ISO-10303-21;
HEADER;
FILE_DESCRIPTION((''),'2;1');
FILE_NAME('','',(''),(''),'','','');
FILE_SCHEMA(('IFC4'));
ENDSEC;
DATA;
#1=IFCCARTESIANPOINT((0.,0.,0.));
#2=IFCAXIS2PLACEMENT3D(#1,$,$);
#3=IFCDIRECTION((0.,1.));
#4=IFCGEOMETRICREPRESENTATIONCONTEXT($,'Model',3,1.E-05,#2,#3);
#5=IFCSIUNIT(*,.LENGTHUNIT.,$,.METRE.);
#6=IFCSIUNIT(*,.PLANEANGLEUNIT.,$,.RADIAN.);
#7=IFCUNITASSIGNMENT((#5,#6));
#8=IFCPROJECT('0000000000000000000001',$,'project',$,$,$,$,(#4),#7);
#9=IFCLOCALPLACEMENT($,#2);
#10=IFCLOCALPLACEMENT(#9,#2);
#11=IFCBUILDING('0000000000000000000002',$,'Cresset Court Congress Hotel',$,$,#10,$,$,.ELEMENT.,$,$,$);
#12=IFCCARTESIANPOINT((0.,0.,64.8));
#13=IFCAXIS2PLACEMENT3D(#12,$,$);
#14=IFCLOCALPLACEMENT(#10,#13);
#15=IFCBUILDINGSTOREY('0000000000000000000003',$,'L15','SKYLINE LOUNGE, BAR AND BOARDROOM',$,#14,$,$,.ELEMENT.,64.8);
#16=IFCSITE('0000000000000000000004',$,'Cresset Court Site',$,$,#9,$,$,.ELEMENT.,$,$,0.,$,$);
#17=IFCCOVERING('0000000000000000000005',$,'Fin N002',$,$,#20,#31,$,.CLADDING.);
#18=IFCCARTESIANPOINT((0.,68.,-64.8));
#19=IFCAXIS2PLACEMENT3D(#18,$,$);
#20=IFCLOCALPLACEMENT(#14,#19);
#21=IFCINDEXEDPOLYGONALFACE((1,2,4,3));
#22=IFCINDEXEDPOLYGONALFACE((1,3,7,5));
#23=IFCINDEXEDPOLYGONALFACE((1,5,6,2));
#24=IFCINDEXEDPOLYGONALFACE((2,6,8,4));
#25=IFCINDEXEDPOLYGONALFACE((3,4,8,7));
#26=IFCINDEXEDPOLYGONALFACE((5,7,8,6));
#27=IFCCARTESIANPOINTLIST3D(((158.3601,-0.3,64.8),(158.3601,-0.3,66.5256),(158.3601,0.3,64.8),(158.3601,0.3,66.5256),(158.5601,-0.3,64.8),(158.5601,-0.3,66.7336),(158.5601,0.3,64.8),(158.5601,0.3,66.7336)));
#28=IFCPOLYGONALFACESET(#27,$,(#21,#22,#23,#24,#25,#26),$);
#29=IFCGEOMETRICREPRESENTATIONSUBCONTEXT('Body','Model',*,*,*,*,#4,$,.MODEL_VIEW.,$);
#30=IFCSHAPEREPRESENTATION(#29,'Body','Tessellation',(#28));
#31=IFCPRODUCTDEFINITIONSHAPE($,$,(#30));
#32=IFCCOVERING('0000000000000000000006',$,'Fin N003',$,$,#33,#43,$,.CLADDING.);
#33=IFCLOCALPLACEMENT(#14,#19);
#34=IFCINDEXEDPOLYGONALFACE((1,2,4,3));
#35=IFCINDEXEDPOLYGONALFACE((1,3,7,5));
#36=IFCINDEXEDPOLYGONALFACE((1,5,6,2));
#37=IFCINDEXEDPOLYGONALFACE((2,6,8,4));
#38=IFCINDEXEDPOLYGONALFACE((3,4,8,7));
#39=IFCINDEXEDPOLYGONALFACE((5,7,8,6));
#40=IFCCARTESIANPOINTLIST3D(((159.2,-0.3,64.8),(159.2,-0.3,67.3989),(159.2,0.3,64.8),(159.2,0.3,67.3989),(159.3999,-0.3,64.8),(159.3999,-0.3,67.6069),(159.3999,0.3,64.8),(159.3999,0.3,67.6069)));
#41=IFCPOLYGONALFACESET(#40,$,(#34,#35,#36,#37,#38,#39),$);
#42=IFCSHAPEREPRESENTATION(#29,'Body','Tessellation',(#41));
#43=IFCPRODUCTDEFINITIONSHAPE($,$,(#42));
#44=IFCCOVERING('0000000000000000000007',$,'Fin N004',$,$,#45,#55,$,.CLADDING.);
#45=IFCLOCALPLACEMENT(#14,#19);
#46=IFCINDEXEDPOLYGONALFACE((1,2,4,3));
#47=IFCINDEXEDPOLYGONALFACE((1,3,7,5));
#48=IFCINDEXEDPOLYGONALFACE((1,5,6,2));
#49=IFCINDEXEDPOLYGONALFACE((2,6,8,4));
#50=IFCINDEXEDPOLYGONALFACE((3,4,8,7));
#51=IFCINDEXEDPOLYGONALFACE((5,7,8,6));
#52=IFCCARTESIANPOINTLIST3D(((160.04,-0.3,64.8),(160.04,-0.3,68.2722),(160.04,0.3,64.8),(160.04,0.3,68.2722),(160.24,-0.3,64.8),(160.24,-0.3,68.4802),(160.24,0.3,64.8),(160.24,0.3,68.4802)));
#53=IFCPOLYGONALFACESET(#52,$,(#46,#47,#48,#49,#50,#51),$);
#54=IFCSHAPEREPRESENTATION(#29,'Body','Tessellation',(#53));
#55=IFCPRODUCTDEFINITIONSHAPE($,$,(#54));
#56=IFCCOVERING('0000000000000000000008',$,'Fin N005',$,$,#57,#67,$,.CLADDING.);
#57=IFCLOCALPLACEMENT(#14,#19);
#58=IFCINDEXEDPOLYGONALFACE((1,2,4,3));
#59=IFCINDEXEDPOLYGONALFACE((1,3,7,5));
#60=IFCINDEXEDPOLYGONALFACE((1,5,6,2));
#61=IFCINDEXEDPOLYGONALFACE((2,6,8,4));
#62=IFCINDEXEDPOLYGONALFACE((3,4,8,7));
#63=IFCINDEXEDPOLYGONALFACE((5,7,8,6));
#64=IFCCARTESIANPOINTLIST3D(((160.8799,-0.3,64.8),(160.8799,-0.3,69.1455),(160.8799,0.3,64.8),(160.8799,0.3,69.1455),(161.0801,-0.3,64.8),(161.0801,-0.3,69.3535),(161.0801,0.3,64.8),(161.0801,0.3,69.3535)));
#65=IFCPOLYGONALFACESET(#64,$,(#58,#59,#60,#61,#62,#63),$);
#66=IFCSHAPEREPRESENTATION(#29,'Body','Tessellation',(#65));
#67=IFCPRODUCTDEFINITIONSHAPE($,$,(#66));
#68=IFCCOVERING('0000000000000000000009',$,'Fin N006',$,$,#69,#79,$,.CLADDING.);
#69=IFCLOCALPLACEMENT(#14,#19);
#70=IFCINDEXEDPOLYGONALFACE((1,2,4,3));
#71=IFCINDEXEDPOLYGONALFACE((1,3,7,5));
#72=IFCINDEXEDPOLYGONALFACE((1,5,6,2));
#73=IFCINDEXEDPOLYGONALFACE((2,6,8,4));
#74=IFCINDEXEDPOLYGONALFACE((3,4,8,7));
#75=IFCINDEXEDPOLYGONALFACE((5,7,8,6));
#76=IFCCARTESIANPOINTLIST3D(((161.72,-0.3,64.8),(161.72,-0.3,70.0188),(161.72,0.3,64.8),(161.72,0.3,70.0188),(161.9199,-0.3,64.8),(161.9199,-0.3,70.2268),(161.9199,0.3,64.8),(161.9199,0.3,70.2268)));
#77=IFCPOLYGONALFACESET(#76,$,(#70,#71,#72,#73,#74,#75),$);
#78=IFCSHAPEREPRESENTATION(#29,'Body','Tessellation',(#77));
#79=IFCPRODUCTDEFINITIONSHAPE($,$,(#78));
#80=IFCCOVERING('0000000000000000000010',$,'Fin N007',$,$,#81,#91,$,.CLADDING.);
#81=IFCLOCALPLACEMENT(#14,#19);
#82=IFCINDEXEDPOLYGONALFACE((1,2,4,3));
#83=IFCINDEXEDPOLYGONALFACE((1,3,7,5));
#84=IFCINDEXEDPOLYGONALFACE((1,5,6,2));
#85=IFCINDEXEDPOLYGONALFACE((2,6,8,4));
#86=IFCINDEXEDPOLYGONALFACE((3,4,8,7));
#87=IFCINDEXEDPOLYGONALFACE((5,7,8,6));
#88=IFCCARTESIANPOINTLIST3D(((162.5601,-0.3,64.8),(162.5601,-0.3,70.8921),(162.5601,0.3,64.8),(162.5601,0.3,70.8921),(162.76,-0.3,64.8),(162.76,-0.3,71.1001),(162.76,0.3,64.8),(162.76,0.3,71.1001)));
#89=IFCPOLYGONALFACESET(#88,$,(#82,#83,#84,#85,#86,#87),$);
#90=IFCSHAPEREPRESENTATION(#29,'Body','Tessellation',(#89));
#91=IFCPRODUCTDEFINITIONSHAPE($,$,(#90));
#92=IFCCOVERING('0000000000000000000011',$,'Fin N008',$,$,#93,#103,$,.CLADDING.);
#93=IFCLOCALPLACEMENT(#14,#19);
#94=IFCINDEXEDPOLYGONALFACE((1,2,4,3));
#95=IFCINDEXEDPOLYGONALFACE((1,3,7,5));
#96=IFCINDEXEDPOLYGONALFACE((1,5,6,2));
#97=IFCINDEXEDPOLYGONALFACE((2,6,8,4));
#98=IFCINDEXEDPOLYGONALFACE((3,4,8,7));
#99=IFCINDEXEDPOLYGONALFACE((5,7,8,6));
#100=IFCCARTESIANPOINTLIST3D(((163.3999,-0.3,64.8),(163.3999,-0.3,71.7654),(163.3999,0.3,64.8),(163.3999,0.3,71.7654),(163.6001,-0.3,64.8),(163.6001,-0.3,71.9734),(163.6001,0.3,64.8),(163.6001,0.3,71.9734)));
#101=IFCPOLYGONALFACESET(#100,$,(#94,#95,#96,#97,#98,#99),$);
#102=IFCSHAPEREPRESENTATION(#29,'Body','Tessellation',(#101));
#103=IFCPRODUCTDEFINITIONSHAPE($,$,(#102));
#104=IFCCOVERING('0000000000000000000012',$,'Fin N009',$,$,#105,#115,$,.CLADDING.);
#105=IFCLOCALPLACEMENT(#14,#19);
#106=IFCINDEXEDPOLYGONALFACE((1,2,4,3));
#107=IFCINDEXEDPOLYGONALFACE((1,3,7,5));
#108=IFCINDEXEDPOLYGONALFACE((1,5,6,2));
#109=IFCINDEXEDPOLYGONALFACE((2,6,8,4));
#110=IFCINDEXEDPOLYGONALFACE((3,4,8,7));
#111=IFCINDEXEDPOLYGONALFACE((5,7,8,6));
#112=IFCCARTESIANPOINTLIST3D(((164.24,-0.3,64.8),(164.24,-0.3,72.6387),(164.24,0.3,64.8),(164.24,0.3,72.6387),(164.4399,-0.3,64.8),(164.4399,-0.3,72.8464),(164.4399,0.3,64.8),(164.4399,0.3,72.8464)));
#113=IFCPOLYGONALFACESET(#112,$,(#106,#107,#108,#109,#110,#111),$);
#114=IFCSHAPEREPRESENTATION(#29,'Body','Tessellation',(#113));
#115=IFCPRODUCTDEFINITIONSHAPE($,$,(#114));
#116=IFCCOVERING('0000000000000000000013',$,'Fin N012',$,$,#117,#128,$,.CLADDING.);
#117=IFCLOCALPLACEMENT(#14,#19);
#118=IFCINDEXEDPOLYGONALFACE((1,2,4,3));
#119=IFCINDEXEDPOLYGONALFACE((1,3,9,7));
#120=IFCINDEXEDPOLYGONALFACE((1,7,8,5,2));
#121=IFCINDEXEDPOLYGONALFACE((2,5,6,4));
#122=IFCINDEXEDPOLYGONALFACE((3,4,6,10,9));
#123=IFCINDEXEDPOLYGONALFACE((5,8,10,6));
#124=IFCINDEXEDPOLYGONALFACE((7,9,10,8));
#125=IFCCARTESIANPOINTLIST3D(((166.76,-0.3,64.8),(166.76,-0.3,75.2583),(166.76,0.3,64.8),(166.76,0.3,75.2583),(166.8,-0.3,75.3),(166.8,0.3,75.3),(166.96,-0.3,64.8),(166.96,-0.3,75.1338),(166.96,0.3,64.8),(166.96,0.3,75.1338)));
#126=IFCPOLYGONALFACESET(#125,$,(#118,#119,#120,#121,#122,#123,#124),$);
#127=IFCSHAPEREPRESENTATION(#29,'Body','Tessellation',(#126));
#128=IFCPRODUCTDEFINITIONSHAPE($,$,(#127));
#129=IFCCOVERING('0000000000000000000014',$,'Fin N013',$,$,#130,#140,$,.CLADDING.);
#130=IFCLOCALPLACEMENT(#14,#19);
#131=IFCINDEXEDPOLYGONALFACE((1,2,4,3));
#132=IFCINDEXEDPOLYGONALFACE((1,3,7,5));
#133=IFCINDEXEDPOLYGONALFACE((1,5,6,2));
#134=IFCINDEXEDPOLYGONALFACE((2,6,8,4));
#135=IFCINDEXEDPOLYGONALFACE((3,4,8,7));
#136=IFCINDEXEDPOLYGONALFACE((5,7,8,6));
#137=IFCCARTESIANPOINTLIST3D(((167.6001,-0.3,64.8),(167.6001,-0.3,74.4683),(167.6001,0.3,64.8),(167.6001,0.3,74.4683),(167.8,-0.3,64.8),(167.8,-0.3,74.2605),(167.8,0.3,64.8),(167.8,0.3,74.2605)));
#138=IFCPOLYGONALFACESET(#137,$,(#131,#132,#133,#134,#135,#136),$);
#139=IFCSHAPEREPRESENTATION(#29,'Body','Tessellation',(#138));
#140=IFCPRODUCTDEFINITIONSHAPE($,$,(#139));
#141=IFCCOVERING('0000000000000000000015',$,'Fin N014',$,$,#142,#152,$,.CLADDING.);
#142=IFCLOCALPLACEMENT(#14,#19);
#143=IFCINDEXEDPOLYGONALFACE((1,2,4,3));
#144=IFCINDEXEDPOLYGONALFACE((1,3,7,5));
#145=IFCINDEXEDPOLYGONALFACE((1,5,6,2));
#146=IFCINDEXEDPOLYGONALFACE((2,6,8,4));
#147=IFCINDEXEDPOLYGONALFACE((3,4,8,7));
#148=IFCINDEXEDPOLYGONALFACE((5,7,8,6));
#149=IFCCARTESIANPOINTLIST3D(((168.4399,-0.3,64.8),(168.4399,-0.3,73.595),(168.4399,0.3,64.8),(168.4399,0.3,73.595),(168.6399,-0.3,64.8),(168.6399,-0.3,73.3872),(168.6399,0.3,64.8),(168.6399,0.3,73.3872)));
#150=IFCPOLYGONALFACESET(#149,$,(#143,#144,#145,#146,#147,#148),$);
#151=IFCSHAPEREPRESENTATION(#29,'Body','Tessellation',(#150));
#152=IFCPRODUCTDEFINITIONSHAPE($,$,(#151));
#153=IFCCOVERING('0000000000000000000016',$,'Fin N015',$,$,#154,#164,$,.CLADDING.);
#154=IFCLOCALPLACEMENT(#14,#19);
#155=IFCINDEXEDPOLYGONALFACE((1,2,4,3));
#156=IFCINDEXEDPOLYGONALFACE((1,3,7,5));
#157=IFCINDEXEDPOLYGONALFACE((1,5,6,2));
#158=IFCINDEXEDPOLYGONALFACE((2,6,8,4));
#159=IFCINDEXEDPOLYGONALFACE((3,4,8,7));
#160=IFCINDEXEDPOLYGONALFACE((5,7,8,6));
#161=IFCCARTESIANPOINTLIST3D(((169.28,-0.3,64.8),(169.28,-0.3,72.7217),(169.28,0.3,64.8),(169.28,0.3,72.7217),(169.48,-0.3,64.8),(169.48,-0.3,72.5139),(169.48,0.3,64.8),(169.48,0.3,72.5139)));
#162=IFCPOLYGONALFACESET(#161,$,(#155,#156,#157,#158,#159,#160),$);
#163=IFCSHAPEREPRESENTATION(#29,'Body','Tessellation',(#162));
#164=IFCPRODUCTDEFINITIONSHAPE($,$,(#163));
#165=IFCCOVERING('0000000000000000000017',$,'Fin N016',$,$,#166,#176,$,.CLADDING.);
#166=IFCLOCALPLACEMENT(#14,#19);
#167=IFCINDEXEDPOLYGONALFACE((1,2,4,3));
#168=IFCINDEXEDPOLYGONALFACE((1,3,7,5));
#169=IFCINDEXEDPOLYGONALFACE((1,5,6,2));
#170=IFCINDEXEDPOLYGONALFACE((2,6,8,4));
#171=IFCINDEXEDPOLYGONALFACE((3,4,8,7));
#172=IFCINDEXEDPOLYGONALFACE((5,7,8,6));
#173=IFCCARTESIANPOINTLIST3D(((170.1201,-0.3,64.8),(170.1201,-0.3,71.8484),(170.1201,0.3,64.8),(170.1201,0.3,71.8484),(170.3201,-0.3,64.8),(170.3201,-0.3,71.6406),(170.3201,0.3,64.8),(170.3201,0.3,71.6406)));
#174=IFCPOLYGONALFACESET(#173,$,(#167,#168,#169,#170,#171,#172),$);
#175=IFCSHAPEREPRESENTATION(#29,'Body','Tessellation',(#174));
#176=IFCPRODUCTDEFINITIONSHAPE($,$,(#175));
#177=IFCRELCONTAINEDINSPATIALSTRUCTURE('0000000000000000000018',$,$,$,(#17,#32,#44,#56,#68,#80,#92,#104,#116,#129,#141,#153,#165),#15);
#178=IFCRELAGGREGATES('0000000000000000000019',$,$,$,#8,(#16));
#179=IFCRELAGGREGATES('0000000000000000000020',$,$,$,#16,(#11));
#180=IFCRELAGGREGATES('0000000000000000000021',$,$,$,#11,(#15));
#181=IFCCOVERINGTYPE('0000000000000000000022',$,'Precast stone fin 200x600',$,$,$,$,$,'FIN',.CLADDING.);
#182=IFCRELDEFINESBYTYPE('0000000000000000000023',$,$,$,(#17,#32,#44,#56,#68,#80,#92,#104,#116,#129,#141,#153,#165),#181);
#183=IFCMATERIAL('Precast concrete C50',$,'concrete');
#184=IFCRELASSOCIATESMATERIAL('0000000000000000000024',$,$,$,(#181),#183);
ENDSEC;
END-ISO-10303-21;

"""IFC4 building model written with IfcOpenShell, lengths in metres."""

from ifc_helpers import new_model, si_unit, direction, frame, origin, place, context, subcontext, project, spatial, polyline, outline, extrude, material, type_object, element, save


model = new_model("IFC4")

# Units and contexts
model_context = context("Model", 3, precision=1e-05, world=origin(), true_north=direction((0.0, 1.0)))
body_context = subcontext(model_context, "Body", "Model", "MODEL_VIEW")
ifc_project = project(units=[si_unit("LENGTHUNIT", "METRE"), si_unit("PLANEANGLEUNIT", "RADIAN")], contexts=[model_context])

# Site, building, storey
site_placement = place(None, origin())
site = spatial("IfcSite", under=ifc_project, at=site_placement, Name="Cresset Court Site", CompositionType="ELEMENT", RefElevation=0.0)
building_placement = place(site_placement, origin())
building = spatial("IfcBuilding", under=site, at=building_placement, Name="Cresset Court Congress Hotel", CompositionType="ELEMENT")
storey_placement = place(building_placement, frame((0.0, 0.0, 64.8)))
storey = spatial("IfcBuildingStorey", under=building, at=storey_placement, Name="L15", Description="SKYLINE LOUNGE, BAR AND BOARDROOM", CompositionType="ELEMENT", Elevation=64.8)

# Coverings
ifc_material_1 = material(Name="Precast concrete C50", Category="concrete")
covering_type_1 = type_object("IfcCoveringType", Name="Precast stone fin 200x600", ElementType="FIN", PredefinedType="CLADDING", material=ifc_material_1)
covering_1_placement = place(storey_placement, frame((0.0, 68.0, -64.8)))
element("IfcCovering", 1, at=covering_1_placement, inside=storey, type_object=covering_type_1, Name="Fin N002", PredefinedType="CLADDING", context=body_context, shape_type="SweptSolid", body=[
    extrude(outline(polyline([(158.3601, 64.8), (158.5601, 64.8), (158.5601, 66.7336), (158.3601, 66.5256), (158.3601, 64.8)])), frame((0.0, 0.3, 0.0), z_axis=(0.0, -1.0, 0.0), x_axis=(1.0, 0.0, 0.0)), (0.0, 0.0, 1.0), 0.6001),
])
covering_2_placement = place(storey_placement, frame((0.0, 68.0, -64.8)))
element("IfcCovering", 2, at=covering_2_placement, inside=storey, type_object=covering_type_1, Name="Fin N003", PredefinedType="CLADDING", context=body_context, shape_type="SweptSolid", body=[
    extrude(outline(polyline([(159.2, 64.8), (159.3999, 64.8), (159.3999, 67.6069), (159.2, 67.3989), (159.2, 64.8)])), frame((0.0, 0.3, 0.0), z_axis=(0.0, -1.0, 0.0), x_axis=(1.0, 0.0, 0.0)), (0.0, 0.0, 1.0), 0.6001),
])
covering_3_placement = place(storey_placement, frame((0.0, 68.0, -64.8)))
element("IfcCovering", 3, at=covering_3_placement, inside=storey, type_object=covering_type_1, Name="Fin N004", PredefinedType="CLADDING", context=body_context, shape_type="SweptSolid", body=[
    extrude(outline(polyline([(160.04, 64.8), (160.24, 64.8), (160.24, 68.4802), (160.04, 68.2722), (160.04, 64.8)])), frame((0.0, 0.3, 0.0), z_axis=(0.0, -1.0, 0.0), x_axis=(1.0, 0.0, 0.0)), (0.0, 0.0, 1.0), 0.6001),
])
covering_4_placement = place(storey_placement, frame((0.0, 68.0, -64.8)))
element("IfcCovering", 4, at=covering_4_placement, inside=storey, type_object=covering_type_1, Name="Fin N005", PredefinedType="CLADDING", context=body_context, shape_type="SweptSolid", body=[
    extrude(outline(polyline([(160.8799, 64.8), (161.0801, 64.8), (161.0801, 69.3535), (160.8799, 69.1455), (160.8799, 64.8)])), frame((0.0, 0.3, 0.0), z_axis=(0.0, -1.0, 0.0), x_axis=(1.0, 0.0, 0.0)), (0.0, 0.0, 1.0), 0.6001),
])
covering_5_placement = place(storey_placement, frame((0.0, 68.0, -64.8)))
element("IfcCovering", 5, at=covering_5_placement, inside=storey, type_object=covering_type_1, Name="Fin N006", PredefinedType="CLADDING", context=body_context, shape_type="SweptSolid", body=[
    extrude(outline(polyline([(161.72, 64.8), (161.9199, 64.8), (161.9199, 70.2268), (161.72, 70.0188), (161.72, 64.8)])), frame((0.0, 0.3, 0.0), z_axis=(0.0, -1.0, 0.0), x_axis=(1.0, 0.0, 0.0)), (0.0, 0.0, 1.0), 0.6001),
])
covering_6_placement = place(storey_placement, frame((0.0, 68.0, -64.8)))
element("IfcCovering", 6, at=covering_6_placement, inside=storey, type_object=covering_type_1, Name="Fin N007", PredefinedType="CLADDING", context=body_context, shape_type="SweptSolid", body=[
    extrude(outline(polyline([(162.5601, 64.8), (162.76, 64.8), (162.76, 71.1001), (162.5601, 70.8921), (162.5601, 64.8)])), frame((0.0, 0.3, 0.0), z_axis=(0.0, -1.0, 0.0), x_axis=(1.0, 0.0, 0.0)), (0.0, 0.0, 1.0), 0.6001),
])
covering_7_placement = place(storey_placement, frame((0.0, 68.0, -64.8)))
element("IfcCovering", 7, at=covering_7_placement, inside=storey, type_object=covering_type_1, Name="Fin N008", PredefinedType="CLADDING", context=body_context, shape_type="SweptSolid", body=[
    extrude(outline(polyline([(163.3999, 64.8), (163.6001, 64.8), (163.6001, 71.9734), (163.3999, 71.7654), (163.3999, 64.8)])), frame((0.0, 0.3, 0.0), z_axis=(0.0, -1.0, 0.0), x_axis=(1.0, 0.0, 0.0)), (0.0, 0.0, 1.0), 0.6001),
])
covering_8_placement = place(storey_placement, frame((0.0, 68.0, -64.8)))
element("IfcCovering", 8, at=covering_8_placement, inside=storey, type_object=covering_type_1, Name="Fin N009", PredefinedType="CLADDING", context=body_context, shape_type="SweptSolid", body=[
    extrude(outline(polyline([(164.24, 64.8), (164.4399, 64.8), (164.4399, 72.8464), (164.24, 72.6387), (164.24, 64.8)])), frame((0.0, 0.3, 0.0), z_axis=(0.0, -1.0, 0.0), x_axis=(1.0, 0.0, 0.0)), (0.0, 0.0, 1.0), 0.6001),
])
covering_9_placement = place(storey_placement, frame((0.0, 68.0, -64.8)))
element("IfcCovering", 9, at=covering_9_placement, inside=storey, type_object=covering_type_1, Name="Fin N012", PredefinedType="CLADDING", context=body_context, shape_type="SweptSolid", body=[
    extrude(outline(polyline([(166.76, 64.8), (166.96, 64.8), (166.96, 75.1338), (166.8, 75.3), (166.76, 75.2583), (166.76, 64.8)])), frame((0.0, 0.3, 0.0), z_axis=(0.0, -1.0, 0.0), x_axis=(1.0, 0.0, 0.0)), (0.0, 0.0, 1.0), 0.6001),
])
covering_10_placement = place(storey_placement, frame((0.0, 68.0, -64.8)))
element("IfcCovering", 10, at=covering_10_placement, inside=storey, type_object=covering_type_1, Name="Fin N013", PredefinedType="CLADDING", context=body_context, shape_type="SweptSolid", body=[
    extrude(outline(polyline([(167.6001, 64.8), (167.8, 64.8), (167.8, 74.2605), (167.6001, 74.4683), (167.6001, 64.8)])), frame((0.0, 0.3, 0.0), z_axis=(0.0, -1.0, 0.0), x_axis=(1.0, 0.0, 0.0)), (0.0, 0.0, 1.0), 0.6001),
])
covering_11_placement = place(storey_placement, frame((0.0, 68.0, -64.8)))
element("IfcCovering", 11, at=covering_11_placement, inside=storey, type_object=covering_type_1, Name="Fin N014", PredefinedType="CLADDING", context=body_context, shape_type="SweptSolid", body=[
    extrude(outline(polyline([(168.4399, 64.8), (168.6399, 64.8), (168.6399, 73.3872), (168.4399, 73.595), (168.4399, 64.8)])), frame((0.0, 0.3, 0.0), z_axis=(0.0, -1.0, 0.0), x_axis=(1.0, 0.0, 0.0)), (0.0, 0.0, 1.0), 0.6001),
])
covering_12_placement = place(storey_placement, frame((0.0, 68.0, -64.8)))
element("IfcCovering", 12, at=covering_12_placement, inside=storey, type_object=covering_type_1, Name="Fin N015", PredefinedType="CLADDING", context=body_context, shape_type="SweptSolid", body=[
    extrude(outline(polyline([(169.28, 64.8), (169.48, 64.8), (169.48, 72.5139), (169.28, 72.7217), (169.28, 64.8)])), frame((0.0, 0.3, 0.0), z_axis=(0.0, -1.0, 0.0), x_axis=(1.0, 0.0, 0.0)), (0.0, 0.0, 1.0), 0.6001),
])
covering_13_placement = place(storey_placement, frame((0.0, 68.0, -64.8)))
element("IfcCovering", 13, at=covering_13_placement, inside=storey, type_object=covering_type_1, Name="Fin N016", PredefinedType="CLADDING", context=body_context, shape_type="SweptSolid", body=[
    extrude(outline(polyline([(170.1201, 64.8), (170.3201, 64.8), (170.3201, 71.6406), (170.1201, 71.8484), (170.1201, 64.8)])), frame((0.0, 0.3, 0.0), z_axis=(0.0, -1.0, 0.0), x_axis=(1.0, 0.0, 0.0)), (0.0, 0.0, 1.0), 0.6001),
])

save(model, "model.ifc")
